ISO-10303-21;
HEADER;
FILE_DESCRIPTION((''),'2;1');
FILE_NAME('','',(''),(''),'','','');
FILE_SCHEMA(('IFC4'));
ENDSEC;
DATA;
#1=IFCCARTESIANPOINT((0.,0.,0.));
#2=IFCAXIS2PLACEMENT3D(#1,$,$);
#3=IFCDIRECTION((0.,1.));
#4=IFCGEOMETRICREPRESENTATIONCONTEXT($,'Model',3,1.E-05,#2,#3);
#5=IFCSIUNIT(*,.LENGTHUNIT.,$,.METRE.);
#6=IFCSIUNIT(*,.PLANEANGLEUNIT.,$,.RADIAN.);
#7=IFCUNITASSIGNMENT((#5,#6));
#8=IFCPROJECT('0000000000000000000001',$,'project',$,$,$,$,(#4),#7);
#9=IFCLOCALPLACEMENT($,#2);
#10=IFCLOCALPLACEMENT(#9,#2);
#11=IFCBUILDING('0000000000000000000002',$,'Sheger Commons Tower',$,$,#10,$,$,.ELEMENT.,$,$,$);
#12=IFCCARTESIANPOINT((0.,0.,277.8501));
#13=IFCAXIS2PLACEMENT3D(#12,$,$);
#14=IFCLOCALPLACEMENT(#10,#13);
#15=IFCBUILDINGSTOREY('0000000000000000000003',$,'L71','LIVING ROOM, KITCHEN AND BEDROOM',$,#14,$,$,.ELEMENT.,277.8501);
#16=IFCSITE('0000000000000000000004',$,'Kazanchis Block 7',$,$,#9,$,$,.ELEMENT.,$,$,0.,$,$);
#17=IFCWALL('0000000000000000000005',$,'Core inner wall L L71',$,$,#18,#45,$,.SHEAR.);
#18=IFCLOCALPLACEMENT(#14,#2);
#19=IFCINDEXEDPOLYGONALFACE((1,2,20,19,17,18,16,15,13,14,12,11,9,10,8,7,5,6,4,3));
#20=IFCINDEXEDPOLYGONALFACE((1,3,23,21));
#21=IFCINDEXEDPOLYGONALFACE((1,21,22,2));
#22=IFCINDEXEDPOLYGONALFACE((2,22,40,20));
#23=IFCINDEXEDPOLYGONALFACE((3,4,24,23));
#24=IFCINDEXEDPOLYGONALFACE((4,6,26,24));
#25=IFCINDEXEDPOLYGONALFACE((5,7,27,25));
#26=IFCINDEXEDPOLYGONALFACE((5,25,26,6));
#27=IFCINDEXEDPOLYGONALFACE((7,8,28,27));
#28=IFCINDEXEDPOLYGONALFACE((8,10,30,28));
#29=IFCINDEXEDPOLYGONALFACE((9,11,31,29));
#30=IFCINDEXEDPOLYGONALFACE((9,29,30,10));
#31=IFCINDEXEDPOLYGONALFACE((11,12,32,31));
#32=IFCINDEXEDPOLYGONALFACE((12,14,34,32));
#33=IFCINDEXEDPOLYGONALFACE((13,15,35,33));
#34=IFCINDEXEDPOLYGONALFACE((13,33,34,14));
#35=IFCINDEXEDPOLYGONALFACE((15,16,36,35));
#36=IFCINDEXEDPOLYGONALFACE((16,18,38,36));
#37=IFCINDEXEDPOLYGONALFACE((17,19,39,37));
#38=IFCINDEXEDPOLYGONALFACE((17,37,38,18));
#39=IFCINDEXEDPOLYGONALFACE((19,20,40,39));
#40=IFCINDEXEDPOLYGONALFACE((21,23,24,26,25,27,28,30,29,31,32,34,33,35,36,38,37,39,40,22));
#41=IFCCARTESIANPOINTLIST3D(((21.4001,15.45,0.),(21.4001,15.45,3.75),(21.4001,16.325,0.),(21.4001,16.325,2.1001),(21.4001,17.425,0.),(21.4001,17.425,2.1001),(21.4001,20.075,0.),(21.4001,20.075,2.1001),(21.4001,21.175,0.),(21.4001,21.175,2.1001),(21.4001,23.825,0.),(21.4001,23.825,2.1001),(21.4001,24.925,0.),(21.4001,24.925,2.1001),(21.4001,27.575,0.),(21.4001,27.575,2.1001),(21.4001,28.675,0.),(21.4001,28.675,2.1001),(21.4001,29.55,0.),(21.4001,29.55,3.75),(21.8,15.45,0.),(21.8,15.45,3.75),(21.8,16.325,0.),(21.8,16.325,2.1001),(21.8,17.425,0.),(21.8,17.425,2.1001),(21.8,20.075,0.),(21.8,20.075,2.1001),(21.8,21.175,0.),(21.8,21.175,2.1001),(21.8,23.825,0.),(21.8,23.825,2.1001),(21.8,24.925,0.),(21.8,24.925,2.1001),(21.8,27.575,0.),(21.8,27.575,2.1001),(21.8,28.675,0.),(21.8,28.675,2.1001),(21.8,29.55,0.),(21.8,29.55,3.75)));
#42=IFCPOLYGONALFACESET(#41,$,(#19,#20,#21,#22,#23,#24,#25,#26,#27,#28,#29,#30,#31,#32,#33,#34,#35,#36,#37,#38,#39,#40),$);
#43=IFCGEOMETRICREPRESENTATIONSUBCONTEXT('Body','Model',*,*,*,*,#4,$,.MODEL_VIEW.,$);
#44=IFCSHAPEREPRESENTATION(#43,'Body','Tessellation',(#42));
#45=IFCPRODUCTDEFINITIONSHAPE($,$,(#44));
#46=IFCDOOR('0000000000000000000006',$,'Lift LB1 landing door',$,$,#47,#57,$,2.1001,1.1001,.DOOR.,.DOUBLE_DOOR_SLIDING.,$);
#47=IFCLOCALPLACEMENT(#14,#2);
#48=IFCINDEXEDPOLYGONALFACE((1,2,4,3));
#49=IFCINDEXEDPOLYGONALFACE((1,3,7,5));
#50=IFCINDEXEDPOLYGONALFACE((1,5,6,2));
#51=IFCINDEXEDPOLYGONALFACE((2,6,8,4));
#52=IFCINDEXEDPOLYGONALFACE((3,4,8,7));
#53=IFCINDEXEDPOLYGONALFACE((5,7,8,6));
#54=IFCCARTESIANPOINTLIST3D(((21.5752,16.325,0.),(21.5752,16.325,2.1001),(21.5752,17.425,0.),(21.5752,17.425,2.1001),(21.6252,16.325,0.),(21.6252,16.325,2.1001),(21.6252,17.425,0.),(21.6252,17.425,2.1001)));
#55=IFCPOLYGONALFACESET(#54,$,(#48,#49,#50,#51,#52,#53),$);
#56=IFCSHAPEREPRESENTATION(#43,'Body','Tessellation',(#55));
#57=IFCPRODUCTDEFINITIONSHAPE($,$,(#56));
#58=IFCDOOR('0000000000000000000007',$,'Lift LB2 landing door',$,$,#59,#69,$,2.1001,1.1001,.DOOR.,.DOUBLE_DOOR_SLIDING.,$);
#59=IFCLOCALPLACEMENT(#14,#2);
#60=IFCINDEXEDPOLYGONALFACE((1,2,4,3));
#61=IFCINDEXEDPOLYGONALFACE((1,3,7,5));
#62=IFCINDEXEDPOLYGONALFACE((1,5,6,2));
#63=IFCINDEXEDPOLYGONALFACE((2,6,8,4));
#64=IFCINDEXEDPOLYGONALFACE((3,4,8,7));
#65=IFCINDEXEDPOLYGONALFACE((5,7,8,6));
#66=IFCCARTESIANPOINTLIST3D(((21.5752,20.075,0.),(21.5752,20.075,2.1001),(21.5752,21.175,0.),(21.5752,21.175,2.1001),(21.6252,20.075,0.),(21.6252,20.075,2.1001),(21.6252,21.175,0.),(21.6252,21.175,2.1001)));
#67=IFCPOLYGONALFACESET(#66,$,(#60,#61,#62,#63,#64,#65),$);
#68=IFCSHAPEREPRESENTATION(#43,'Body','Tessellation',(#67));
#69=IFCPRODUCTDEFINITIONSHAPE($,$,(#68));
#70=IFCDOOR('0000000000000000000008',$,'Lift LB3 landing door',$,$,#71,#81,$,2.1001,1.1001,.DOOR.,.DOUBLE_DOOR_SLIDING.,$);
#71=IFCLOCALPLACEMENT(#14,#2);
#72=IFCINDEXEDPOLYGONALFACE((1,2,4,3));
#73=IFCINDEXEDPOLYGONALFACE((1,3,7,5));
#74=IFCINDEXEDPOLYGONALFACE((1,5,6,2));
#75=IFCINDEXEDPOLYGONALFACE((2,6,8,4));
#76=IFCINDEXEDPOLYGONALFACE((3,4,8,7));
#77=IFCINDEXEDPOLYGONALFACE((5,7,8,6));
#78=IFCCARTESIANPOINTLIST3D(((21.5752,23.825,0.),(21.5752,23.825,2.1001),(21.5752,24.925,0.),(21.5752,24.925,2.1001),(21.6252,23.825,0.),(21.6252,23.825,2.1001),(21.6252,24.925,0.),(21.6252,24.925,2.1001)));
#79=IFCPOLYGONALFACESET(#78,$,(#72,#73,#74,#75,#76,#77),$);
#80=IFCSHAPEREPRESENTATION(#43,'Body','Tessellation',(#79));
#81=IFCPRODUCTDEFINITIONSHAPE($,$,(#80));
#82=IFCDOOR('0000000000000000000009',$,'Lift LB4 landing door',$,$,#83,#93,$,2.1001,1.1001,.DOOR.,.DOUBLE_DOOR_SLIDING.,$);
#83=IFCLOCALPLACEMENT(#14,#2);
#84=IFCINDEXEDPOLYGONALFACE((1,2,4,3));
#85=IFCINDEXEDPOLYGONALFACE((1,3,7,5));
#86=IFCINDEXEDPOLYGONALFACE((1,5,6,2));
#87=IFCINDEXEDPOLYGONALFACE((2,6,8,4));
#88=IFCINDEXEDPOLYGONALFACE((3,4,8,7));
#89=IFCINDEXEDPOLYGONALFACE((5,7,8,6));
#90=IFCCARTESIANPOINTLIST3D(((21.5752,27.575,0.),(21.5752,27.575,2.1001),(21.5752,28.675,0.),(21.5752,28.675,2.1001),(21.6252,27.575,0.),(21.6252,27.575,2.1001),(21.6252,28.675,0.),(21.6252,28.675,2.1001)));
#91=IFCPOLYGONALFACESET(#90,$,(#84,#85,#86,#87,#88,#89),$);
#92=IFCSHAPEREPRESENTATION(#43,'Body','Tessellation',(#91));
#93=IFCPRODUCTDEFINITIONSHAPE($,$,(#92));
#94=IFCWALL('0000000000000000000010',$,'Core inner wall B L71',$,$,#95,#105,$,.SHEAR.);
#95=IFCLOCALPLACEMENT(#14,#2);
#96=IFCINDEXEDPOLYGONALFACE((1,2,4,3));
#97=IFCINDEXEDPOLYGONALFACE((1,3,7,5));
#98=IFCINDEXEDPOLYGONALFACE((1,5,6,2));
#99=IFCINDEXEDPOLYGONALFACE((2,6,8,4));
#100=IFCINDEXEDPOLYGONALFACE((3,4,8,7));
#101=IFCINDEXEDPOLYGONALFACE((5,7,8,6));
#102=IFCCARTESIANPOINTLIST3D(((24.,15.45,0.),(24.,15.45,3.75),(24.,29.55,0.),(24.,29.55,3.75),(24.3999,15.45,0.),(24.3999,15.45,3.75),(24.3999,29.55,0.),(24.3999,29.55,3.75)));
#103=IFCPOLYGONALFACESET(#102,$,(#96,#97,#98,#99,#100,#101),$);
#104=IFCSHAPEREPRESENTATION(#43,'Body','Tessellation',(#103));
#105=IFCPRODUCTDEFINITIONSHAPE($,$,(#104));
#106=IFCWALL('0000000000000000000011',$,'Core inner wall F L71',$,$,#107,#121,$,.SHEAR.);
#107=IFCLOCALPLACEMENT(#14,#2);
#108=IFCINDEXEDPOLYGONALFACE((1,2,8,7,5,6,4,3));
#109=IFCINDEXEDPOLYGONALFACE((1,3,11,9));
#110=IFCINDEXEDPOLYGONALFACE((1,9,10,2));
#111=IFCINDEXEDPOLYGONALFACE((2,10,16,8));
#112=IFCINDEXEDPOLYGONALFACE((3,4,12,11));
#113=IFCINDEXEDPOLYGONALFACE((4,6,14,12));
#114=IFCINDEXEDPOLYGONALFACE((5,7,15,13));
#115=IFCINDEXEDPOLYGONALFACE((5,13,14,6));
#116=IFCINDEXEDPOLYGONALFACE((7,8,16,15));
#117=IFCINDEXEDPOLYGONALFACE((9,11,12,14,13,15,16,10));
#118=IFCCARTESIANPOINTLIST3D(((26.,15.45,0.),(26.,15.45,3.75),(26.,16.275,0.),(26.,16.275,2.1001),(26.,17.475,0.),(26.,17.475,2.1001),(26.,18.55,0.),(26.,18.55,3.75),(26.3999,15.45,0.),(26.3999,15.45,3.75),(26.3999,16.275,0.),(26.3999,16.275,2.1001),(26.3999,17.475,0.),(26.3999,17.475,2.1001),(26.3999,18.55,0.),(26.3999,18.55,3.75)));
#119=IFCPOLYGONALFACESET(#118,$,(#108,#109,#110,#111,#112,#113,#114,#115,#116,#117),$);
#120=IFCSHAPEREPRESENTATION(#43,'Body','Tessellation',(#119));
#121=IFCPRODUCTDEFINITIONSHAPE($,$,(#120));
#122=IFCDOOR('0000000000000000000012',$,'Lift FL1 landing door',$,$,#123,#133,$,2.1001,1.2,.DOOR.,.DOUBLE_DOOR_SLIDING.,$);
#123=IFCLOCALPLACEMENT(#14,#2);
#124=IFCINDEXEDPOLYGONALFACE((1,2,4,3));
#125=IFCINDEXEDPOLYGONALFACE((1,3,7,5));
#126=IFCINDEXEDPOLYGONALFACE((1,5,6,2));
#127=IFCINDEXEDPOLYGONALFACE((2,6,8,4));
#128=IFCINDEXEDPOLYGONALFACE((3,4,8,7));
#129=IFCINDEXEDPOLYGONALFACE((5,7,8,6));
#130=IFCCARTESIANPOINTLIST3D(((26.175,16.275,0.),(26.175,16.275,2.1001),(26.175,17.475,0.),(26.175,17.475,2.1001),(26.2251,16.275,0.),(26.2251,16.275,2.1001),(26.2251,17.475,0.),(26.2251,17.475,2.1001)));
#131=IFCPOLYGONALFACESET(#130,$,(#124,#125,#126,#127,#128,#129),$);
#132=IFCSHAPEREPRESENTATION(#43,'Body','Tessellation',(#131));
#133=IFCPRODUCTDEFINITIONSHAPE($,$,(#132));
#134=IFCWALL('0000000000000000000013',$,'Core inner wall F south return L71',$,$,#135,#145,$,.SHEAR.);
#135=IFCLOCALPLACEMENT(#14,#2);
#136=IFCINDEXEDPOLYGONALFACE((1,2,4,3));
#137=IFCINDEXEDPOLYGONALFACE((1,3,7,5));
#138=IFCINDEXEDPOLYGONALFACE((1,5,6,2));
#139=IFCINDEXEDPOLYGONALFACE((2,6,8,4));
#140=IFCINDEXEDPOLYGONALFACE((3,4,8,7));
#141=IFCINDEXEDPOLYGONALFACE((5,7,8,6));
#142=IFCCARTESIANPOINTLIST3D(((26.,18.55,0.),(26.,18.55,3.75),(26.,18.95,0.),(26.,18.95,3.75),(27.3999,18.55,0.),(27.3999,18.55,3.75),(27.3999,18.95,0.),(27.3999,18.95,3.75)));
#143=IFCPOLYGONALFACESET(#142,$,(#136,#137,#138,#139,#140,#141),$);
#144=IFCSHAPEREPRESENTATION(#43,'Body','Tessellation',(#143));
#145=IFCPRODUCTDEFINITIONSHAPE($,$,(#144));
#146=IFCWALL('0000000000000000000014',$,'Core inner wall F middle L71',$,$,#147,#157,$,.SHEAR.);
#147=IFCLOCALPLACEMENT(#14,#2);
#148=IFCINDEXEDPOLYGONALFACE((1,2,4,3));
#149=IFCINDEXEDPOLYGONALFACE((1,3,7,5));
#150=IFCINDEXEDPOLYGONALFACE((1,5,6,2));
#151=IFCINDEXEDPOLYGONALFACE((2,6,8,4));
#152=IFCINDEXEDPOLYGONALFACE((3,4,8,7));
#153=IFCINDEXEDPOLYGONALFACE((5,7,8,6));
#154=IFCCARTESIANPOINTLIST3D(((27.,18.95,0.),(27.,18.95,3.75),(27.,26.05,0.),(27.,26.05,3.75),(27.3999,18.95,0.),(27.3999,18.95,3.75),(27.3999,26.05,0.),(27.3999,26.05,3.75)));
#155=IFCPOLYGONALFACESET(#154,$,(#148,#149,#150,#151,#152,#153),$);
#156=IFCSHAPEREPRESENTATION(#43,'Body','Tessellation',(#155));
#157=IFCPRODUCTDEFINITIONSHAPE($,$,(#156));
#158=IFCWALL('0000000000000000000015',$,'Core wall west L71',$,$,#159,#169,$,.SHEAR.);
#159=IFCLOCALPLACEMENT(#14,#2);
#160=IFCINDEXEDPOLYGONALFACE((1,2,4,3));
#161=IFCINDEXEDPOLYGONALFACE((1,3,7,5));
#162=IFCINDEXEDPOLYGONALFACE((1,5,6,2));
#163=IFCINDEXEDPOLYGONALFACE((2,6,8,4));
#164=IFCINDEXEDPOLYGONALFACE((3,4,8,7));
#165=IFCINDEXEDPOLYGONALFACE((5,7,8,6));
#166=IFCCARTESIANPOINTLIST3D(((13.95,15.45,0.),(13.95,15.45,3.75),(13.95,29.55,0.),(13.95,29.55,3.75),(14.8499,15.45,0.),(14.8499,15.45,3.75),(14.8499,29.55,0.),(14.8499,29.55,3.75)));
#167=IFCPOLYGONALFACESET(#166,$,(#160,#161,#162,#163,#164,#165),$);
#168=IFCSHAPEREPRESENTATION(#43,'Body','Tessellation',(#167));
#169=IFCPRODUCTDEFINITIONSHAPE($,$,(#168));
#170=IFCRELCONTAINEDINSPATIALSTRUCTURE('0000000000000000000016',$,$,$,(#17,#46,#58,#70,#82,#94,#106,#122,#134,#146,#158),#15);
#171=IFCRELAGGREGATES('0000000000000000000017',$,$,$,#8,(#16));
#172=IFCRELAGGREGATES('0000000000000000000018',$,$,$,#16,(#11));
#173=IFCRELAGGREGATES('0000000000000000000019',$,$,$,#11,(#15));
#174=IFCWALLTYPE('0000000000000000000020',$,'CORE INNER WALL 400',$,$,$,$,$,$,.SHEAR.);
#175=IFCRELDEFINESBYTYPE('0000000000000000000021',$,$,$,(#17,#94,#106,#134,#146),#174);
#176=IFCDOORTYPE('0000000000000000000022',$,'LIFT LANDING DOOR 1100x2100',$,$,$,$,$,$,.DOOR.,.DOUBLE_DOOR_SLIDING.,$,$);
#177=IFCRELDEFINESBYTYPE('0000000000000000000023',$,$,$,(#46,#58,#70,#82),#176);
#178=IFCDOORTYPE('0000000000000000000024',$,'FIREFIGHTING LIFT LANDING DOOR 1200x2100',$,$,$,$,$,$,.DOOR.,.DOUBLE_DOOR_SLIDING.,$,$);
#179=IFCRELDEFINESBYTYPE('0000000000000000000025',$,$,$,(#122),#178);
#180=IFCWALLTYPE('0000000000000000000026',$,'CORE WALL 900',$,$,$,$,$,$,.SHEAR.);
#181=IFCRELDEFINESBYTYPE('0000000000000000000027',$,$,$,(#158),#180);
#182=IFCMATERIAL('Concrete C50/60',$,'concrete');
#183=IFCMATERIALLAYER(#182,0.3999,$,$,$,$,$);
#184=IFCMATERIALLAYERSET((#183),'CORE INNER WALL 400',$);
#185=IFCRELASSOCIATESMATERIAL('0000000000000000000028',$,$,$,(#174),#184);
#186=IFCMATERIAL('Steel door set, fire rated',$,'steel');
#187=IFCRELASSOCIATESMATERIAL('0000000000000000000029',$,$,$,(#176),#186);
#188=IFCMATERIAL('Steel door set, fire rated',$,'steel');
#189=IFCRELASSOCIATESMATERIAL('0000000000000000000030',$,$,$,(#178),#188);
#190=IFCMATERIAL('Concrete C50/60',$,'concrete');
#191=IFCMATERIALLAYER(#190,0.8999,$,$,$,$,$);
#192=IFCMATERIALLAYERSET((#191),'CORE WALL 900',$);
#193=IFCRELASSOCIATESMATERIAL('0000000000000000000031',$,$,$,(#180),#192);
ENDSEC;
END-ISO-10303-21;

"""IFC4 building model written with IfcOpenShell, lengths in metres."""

from ifc_helpers import new_model, si_unit, direction, frame, frame_2d, origin, place, context, subcontext, project, spatial, rectangle, extrude, material, layer, layer_set, type_object, element, fill, save


model = new_model("IFC4")

# Units and contexts
model_context = context("Model", 3, precision=1e-05, world=origin(), true_north=direction((0.0, 1.0)))
body_context = subcontext(model_context, "Body", "Model", "MODEL_VIEW")
ifc_project = project(units=[si_unit("LENGTHUNIT", "METRE"), si_unit("PLANEANGLEUNIT", "RADIAN")], contexts=[model_context])

# Site, building, storey
site_placement = place(None, origin())
site = spatial("IfcSite", under=ifc_project, at=site_placement, Name="Kazanchis Block 7", CompositionType="ELEMENT", RefElevation=0.0)
building_placement = place(site_placement, origin())
building = spatial("IfcBuilding", under=site, at=building_placement, Name="Sheger Commons Tower", CompositionType="ELEMENT")
storey_placement = place(building_placement, frame((0.0, 0.0, 277.8501)))
storey = spatial("IfcBuildingStorey", under=building, at=storey_placement, Name="L71", Description="LIVING ROOM, KITCHEN AND BEDROOM", CompositionType="ELEMENT", Elevation=277.8501)

# Wall, openings, doors
ifc_material_1 = material(Name="Concrete C50/60", Category="concrete")
ifc_layer_1 = layer(ifc_material_1, 0.3999)
ifc_layer_set_1 = layer_set([ifc_layer_1], Name="CORE INNER WALL 400")
wall_type_1 = type_object("IfcWallType", Name="CORE INNER WALL 400", PredefinedType="SHEAR", material=ifc_layer_set_1)
wall_1_placement = place(storey_placement, frame((21.6001, 15.45, 0.0), z_axis=(0.0, 0.0, 1.0), x_axis=(0.0, 1.0, 0.0)))
wall_1 = element("IfcWall", 1, at=wall_1_placement, inside=storey, type_object=wall_type_1, Name="Core inner wall L L71", PredefinedType="SHEAR", context=body_context, shape_type="SweptSolid", body=[
    extrude(rectangle(XDim=14.1001, YDim=0.3999, at=frame_2d((7.05, 0.0))), origin(), (0.0, 0.0, 1.0), 3.75),
])
opening_1_placement = place(wall_1_placement, frame((0.875, 0.0, 0.0)))
opening_1 = element("IfcOpeningElement", 2, at=opening_1_placement, cuts=wall_1, PredefinedType="OPENING", context=body_context, shape_type="SweptSolid", body=[
    extrude(rectangle(XDim=1.1001, YDim=2.1001, at=frame_2d((0.55, 1.05))), frame((0.0, 0.21, 0.0), z_axis=(0.0, -1.0, 0.0), x_axis=(1.0, 0.0, 0.0)), (0.0, 0.0, 1.0), 0.4199),
])
opening_2_placement = place(wall_1_placement, frame((4.625, 0.0, 0.0)))
opening_2 = element("IfcOpeningElement", 3, at=opening_2_placement, cuts=wall_1, PredefinedType="OPENING", context=body_context, shape_type="SweptSolid", body=[
    extrude(rectangle(XDim=1.1001, YDim=2.1001, at=frame_2d((0.55, 1.05))), frame((0.0, 0.21, 0.0), z_axis=(0.0, -1.0, 0.0), x_axis=(1.0, 0.0, 0.0)), (0.0, 0.0, 1.0), 0.4199),
])
opening_3_placement = place(wall_1_placement, frame((8.375, 0.0, 0.0)))
opening_3 = element("IfcOpeningElement", 4, at=opening_3_placement, cuts=wall_1, PredefinedType="OPENING", context=body_context, shape_type="SweptSolid", body=[
    extrude(rectangle(XDim=1.1001, YDim=2.1001, at=frame_2d((0.55, 1.05))), frame((0.0, 0.21, 0.0), z_axis=(0.0, -1.0, 0.0), x_axis=(1.0, 0.0, 0.0)), (0.0, 0.0, 1.0), 0.4199),
])
opening_4_placement = place(wall_1_placement, frame((12.125, 0.0, 0.0)))
opening_4 = element("IfcOpeningElement", 5, at=opening_4_placement, cuts=wall_1, PredefinedType="OPENING", context=body_context, shape_type="SweptSolid", body=[
    extrude(rectangle(XDim=1.1001, YDim=2.1001, at=frame_2d((0.55, 1.05))), frame((0.0, 0.21, 0.0), z_axis=(0.0, -1.0, 0.0), x_axis=(1.0, 0.0, 0.0)), (0.0, 0.0, 1.0), 0.4199),
])
ifc_material_2 = material(Name="Steel door set, fire rated", Category="steel")
door_type_1 = type_object("IfcDoorType", Name="LIFT LANDING DOOR 1100x2100", OperationType="DOUBLE_DOOR_SLIDING", PredefinedType="DOOR", material=ifc_material_2)
door_1_placement = place(opening_1_placement, origin())
door_1 = element("IfcDoor", 6, at=door_1_placement, inside=storey, type_object=door_type_1, Name="Lift LB1 landing door", OperationType="DOUBLE_DOOR_SLIDING", OverallHeight=2.1001, OverallWidth=1.1001, PredefinedType="DOOR", context=body_context, shape_type="SweptSolid", body=[
    extrude(rectangle(XDim=1.1001, YDim=2.1001, at=frame_2d((0.55, 1.05))), frame((0.0, 0.0249, 0.0), z_axis=(0.0, -1.0, 0.0), x_axis=(1.0, 0.0, 0.0)), (0.0, 0.0, 1.0), 0.05),
])
fill(opening_1, door_1)
door_2_placement = place(opening_2_placement, origin())
door_2 = element("IfcDoor", 7, at=door_2_placement, inside=storey, type_object=door_type_1, Name="Lift LB2 landing door", OperationType="DOUBLE_DOOR_SLIDING", OverallHeight=2.1001, OverallWidth=1.1001, PredefinedType="DOOR", context=body_context, shape_type="SweptSolid", body=[
    extrude(rectangle(XDim=1.1001, YDim=2.1001, at=frame_2d((0.55, 1.05))), frame((0.0, 0.0249, 0.0), z_axis=(0.0, -1.0, 0.0), x_axis=(1.0, 0.0, 0.0)), (0.0, 0.0, 1.0), 0.05),
])
fill(opening_2, door_2)
door_3_placement = place(opening_3_placement, origin())
door_3 = element("IfcDoor", 8, at=door_3_placement, inside=storey, type_object=door_type_1, Name="Lift LB3 landing door", OperationType="DOUBLE_DOOR_SLIDING", OverallHeight=2.1001, OverallWidth=1.1001, PredefinedType="DOOR", context=body_context, shape_type="SweptSolid", body=[
    extrude(rectangle(XDim=1.1001, YDim=2.1001, at=frame_2d((0.55, 1.05))), frame((0.0, 0.0249, 0.0), z_axis=(0.0, -1.0, 0.0), x_axis=(1.0, 0.0, 0.0)), (0.0, 0.0, 1.0), 0.05),
])
fill(opening_3, door_3)
door_4_placement = place(opening_4_placement, origin())
door_4 = element("IfcDoor", 9, at=door_4_placement, inside=storey, type_object=door_type_1, Name="Lift LB4 landing door", OperationType="DOUBLE_DOOR_SLIDING", OverallHeight=2.1001, OverallWidth=1.1001, PredefinedType="DOOR", context=body_context, shape_type="SweptSolid", body=[
    extrude(rectangle(XDim=1.1001, YDim=2.1001, at=frame_2d((0.55, 1.05))), frame((0.0, 0.0249, 0.0), z_axis=(0.0, -1.0, 0.0), x_axis=(1.0, 0.0, 0.0)), (0.0, 0.0, 1.0), 0.05),
])
fill(opening_4, door_4)

# Wall
wall_2_placement = place(storey_placement, frame((24.2, 15.45, 0.0), z_axis=(0.0, 0.0, 1.0), x_axis=(0.0, 1.0, 0.0)))
element("IfcWall", 10, at=wall_2_placement, inside=storey, type_object=wall_type_1, Name="Core inner wall B L71", PredefinedType="SHEAR", context=body_context, shape_type="SweptSolid", body=[
    extrude(rectangle(XDim=14.1001, YDim=0.3999, at=frame_2d((7.05, 0.0))), origin(), (0.0, 0.0, 1.0), 3.75),
])

# Wall, opening, door
wall_3_placement = place(storey_placement, frame((26.2, 15.45, 0.0), z_axis=(0.0, 0.0, 1.0), x_axis=(0.0, 1.0, 0.0)))
wall_3 = element("IfcWall", 11, at=wall_3_placement, inside=storey, type_object=wall_type_1, Name="Core inner wall F L71", PredefinedType="SHEAR", context=body_context, shape_type="SweptSolid", body=[
    extrude(rectangle(XDim=3.1001, YDim=0.3999, at=frame_2d((1.55, 0.0))), origin(), (0.0, 0.0, 1.0), 3.75),
])
opening_5_placement = place(wall_3_placement, frame((0.825, 0.0, 0.0)))
opening_5 = element("IfcOpeningElement", 12, at=opening_5_placement, cuts=wall_3, PredefinedType="OPENING", context=body_context, shape_type="SweptSolid", body=[
    extrude(rectangle(XDim=1.2, YDim=2.1001, at=frame_2d((0.6001, 1.05))), frame((0.0, 0.21, 0.0), z_axis=(0.0, -1.0, 0.0), x_axis=(1.0, 0.0, 0.0)), (0.0, 0.0, 1.0), 0.4199),
])
ifc_material_3 = material(Name="Steel door set, fire rated", Category="steel")
door_type_2 = type_object("IfcDoorType", Name="FIREFIGHTING LIFT LANDING DOOR 1200x2100", OperationType="DOUBLE_DOOR_SLIDING", PredefinedType="DOOR", material=ifc_material_3)
door_5_placement = place(opening_5_placement, origin())
door_5 = element("IfcDoor", 13, at=door_5_placement, inside=storey, type_object=door_type_2, Name="Lift FL1 landing door", OperationType="DOUBLE_DOOR_SLIDING", OverallHeight=2.1001, OverallWidth=1.2, PredefinedType="DOOR", context=body_context, shape_type="SweptSolid", body=[
    extrude(rectangle(XDim=1.2, YDim=2.1001, at=frame_2d((0.6001, 1.05))), frame((0.0, 0.0249, 0.0), z_axis=(0.0, -1.0, 0.0), x_axis=(1.0, 0.0, 0.0)), (0.0, 0.0, 1.0), 0.05),
])
fill(opening_5, door_5)

# Walls
wall_4_placement = place(storey_placement, frame((26.0, 18.75, 0.0), z_axis=(0.0, 0.0, 1.0), x_axis=(1.0, 0.0, 0.0)))
element("IfcWall", 14, at=wall_4_placement, inside=storey, type_object=wall_type_1, Name="Core inner wall F south return L71", PredefinedType="SHEAR", context=body_context, shape_type="SweptSolid", body=[
    extrude(rectangle(XDim=1.3999, YDim=0.3999, at=frame_2d((0.7, 0.0))), origin(), (0.0, 0.0, 1.0), 3.75),
])
wall_5_placement = place(storey_placement, frame((27.2, 18.95, 0.0), z_axis=(0.0, 0.0, 1.0), x_axis=(0.0, 1.0, 0.0)))
element("IfcWall", 15, at=wall_5_placement, inside=storey, type_object=wall_type_1, Name="Core inner wall F middle L71", PredefinedType="SHEAR", context=body_context, shape_type="SweptSolid", body=[
    extrude(rectangle(XDim=7.1001, YDim=0.3999, at=frame_2d((3.55, 0.0))), origin(), (0.0, 0.0, 1.0), 3.75),
])
ifc_material_4 = material(Name="Concrete C50/60", Category="concrete")
ifc_layer_2 = layer(ifc_material_4, 0.8999)
ifc_layer_set_2 = layer_set([ifc_layer_2], Name="CORE WALL 900")
wall_type_2 = type_object("IfcWallType", Name="CORE WALL 900", PredefinedType="SHEAR", material=ifc_layer_set_2)
for number, where, z_axis, x_axis, name in (
    (16, (14.3999, 15.45, 0.0), (0.0, 0.0, 1.0), (0.0, 1.0, 0.0), "Core wall west L71"),
):
    element("IfcWall", number, at=place(storey_placement, frame(where, z_axis=z_axis, x_axis=x_axis)), inside=storey, type_object=wall_type_2, Name=name, PredefinedType="SHEAR", context=body_context, shape_type="SweptSolid", body=[
        extrude(rectangle(XDim=14.1001, YDim=0.8999, at=frame_2d((7.05, 0.0))), origin(), (0.0, 0.0, 1.0), 3.75),
    ])

save(model, "model.ifc")
